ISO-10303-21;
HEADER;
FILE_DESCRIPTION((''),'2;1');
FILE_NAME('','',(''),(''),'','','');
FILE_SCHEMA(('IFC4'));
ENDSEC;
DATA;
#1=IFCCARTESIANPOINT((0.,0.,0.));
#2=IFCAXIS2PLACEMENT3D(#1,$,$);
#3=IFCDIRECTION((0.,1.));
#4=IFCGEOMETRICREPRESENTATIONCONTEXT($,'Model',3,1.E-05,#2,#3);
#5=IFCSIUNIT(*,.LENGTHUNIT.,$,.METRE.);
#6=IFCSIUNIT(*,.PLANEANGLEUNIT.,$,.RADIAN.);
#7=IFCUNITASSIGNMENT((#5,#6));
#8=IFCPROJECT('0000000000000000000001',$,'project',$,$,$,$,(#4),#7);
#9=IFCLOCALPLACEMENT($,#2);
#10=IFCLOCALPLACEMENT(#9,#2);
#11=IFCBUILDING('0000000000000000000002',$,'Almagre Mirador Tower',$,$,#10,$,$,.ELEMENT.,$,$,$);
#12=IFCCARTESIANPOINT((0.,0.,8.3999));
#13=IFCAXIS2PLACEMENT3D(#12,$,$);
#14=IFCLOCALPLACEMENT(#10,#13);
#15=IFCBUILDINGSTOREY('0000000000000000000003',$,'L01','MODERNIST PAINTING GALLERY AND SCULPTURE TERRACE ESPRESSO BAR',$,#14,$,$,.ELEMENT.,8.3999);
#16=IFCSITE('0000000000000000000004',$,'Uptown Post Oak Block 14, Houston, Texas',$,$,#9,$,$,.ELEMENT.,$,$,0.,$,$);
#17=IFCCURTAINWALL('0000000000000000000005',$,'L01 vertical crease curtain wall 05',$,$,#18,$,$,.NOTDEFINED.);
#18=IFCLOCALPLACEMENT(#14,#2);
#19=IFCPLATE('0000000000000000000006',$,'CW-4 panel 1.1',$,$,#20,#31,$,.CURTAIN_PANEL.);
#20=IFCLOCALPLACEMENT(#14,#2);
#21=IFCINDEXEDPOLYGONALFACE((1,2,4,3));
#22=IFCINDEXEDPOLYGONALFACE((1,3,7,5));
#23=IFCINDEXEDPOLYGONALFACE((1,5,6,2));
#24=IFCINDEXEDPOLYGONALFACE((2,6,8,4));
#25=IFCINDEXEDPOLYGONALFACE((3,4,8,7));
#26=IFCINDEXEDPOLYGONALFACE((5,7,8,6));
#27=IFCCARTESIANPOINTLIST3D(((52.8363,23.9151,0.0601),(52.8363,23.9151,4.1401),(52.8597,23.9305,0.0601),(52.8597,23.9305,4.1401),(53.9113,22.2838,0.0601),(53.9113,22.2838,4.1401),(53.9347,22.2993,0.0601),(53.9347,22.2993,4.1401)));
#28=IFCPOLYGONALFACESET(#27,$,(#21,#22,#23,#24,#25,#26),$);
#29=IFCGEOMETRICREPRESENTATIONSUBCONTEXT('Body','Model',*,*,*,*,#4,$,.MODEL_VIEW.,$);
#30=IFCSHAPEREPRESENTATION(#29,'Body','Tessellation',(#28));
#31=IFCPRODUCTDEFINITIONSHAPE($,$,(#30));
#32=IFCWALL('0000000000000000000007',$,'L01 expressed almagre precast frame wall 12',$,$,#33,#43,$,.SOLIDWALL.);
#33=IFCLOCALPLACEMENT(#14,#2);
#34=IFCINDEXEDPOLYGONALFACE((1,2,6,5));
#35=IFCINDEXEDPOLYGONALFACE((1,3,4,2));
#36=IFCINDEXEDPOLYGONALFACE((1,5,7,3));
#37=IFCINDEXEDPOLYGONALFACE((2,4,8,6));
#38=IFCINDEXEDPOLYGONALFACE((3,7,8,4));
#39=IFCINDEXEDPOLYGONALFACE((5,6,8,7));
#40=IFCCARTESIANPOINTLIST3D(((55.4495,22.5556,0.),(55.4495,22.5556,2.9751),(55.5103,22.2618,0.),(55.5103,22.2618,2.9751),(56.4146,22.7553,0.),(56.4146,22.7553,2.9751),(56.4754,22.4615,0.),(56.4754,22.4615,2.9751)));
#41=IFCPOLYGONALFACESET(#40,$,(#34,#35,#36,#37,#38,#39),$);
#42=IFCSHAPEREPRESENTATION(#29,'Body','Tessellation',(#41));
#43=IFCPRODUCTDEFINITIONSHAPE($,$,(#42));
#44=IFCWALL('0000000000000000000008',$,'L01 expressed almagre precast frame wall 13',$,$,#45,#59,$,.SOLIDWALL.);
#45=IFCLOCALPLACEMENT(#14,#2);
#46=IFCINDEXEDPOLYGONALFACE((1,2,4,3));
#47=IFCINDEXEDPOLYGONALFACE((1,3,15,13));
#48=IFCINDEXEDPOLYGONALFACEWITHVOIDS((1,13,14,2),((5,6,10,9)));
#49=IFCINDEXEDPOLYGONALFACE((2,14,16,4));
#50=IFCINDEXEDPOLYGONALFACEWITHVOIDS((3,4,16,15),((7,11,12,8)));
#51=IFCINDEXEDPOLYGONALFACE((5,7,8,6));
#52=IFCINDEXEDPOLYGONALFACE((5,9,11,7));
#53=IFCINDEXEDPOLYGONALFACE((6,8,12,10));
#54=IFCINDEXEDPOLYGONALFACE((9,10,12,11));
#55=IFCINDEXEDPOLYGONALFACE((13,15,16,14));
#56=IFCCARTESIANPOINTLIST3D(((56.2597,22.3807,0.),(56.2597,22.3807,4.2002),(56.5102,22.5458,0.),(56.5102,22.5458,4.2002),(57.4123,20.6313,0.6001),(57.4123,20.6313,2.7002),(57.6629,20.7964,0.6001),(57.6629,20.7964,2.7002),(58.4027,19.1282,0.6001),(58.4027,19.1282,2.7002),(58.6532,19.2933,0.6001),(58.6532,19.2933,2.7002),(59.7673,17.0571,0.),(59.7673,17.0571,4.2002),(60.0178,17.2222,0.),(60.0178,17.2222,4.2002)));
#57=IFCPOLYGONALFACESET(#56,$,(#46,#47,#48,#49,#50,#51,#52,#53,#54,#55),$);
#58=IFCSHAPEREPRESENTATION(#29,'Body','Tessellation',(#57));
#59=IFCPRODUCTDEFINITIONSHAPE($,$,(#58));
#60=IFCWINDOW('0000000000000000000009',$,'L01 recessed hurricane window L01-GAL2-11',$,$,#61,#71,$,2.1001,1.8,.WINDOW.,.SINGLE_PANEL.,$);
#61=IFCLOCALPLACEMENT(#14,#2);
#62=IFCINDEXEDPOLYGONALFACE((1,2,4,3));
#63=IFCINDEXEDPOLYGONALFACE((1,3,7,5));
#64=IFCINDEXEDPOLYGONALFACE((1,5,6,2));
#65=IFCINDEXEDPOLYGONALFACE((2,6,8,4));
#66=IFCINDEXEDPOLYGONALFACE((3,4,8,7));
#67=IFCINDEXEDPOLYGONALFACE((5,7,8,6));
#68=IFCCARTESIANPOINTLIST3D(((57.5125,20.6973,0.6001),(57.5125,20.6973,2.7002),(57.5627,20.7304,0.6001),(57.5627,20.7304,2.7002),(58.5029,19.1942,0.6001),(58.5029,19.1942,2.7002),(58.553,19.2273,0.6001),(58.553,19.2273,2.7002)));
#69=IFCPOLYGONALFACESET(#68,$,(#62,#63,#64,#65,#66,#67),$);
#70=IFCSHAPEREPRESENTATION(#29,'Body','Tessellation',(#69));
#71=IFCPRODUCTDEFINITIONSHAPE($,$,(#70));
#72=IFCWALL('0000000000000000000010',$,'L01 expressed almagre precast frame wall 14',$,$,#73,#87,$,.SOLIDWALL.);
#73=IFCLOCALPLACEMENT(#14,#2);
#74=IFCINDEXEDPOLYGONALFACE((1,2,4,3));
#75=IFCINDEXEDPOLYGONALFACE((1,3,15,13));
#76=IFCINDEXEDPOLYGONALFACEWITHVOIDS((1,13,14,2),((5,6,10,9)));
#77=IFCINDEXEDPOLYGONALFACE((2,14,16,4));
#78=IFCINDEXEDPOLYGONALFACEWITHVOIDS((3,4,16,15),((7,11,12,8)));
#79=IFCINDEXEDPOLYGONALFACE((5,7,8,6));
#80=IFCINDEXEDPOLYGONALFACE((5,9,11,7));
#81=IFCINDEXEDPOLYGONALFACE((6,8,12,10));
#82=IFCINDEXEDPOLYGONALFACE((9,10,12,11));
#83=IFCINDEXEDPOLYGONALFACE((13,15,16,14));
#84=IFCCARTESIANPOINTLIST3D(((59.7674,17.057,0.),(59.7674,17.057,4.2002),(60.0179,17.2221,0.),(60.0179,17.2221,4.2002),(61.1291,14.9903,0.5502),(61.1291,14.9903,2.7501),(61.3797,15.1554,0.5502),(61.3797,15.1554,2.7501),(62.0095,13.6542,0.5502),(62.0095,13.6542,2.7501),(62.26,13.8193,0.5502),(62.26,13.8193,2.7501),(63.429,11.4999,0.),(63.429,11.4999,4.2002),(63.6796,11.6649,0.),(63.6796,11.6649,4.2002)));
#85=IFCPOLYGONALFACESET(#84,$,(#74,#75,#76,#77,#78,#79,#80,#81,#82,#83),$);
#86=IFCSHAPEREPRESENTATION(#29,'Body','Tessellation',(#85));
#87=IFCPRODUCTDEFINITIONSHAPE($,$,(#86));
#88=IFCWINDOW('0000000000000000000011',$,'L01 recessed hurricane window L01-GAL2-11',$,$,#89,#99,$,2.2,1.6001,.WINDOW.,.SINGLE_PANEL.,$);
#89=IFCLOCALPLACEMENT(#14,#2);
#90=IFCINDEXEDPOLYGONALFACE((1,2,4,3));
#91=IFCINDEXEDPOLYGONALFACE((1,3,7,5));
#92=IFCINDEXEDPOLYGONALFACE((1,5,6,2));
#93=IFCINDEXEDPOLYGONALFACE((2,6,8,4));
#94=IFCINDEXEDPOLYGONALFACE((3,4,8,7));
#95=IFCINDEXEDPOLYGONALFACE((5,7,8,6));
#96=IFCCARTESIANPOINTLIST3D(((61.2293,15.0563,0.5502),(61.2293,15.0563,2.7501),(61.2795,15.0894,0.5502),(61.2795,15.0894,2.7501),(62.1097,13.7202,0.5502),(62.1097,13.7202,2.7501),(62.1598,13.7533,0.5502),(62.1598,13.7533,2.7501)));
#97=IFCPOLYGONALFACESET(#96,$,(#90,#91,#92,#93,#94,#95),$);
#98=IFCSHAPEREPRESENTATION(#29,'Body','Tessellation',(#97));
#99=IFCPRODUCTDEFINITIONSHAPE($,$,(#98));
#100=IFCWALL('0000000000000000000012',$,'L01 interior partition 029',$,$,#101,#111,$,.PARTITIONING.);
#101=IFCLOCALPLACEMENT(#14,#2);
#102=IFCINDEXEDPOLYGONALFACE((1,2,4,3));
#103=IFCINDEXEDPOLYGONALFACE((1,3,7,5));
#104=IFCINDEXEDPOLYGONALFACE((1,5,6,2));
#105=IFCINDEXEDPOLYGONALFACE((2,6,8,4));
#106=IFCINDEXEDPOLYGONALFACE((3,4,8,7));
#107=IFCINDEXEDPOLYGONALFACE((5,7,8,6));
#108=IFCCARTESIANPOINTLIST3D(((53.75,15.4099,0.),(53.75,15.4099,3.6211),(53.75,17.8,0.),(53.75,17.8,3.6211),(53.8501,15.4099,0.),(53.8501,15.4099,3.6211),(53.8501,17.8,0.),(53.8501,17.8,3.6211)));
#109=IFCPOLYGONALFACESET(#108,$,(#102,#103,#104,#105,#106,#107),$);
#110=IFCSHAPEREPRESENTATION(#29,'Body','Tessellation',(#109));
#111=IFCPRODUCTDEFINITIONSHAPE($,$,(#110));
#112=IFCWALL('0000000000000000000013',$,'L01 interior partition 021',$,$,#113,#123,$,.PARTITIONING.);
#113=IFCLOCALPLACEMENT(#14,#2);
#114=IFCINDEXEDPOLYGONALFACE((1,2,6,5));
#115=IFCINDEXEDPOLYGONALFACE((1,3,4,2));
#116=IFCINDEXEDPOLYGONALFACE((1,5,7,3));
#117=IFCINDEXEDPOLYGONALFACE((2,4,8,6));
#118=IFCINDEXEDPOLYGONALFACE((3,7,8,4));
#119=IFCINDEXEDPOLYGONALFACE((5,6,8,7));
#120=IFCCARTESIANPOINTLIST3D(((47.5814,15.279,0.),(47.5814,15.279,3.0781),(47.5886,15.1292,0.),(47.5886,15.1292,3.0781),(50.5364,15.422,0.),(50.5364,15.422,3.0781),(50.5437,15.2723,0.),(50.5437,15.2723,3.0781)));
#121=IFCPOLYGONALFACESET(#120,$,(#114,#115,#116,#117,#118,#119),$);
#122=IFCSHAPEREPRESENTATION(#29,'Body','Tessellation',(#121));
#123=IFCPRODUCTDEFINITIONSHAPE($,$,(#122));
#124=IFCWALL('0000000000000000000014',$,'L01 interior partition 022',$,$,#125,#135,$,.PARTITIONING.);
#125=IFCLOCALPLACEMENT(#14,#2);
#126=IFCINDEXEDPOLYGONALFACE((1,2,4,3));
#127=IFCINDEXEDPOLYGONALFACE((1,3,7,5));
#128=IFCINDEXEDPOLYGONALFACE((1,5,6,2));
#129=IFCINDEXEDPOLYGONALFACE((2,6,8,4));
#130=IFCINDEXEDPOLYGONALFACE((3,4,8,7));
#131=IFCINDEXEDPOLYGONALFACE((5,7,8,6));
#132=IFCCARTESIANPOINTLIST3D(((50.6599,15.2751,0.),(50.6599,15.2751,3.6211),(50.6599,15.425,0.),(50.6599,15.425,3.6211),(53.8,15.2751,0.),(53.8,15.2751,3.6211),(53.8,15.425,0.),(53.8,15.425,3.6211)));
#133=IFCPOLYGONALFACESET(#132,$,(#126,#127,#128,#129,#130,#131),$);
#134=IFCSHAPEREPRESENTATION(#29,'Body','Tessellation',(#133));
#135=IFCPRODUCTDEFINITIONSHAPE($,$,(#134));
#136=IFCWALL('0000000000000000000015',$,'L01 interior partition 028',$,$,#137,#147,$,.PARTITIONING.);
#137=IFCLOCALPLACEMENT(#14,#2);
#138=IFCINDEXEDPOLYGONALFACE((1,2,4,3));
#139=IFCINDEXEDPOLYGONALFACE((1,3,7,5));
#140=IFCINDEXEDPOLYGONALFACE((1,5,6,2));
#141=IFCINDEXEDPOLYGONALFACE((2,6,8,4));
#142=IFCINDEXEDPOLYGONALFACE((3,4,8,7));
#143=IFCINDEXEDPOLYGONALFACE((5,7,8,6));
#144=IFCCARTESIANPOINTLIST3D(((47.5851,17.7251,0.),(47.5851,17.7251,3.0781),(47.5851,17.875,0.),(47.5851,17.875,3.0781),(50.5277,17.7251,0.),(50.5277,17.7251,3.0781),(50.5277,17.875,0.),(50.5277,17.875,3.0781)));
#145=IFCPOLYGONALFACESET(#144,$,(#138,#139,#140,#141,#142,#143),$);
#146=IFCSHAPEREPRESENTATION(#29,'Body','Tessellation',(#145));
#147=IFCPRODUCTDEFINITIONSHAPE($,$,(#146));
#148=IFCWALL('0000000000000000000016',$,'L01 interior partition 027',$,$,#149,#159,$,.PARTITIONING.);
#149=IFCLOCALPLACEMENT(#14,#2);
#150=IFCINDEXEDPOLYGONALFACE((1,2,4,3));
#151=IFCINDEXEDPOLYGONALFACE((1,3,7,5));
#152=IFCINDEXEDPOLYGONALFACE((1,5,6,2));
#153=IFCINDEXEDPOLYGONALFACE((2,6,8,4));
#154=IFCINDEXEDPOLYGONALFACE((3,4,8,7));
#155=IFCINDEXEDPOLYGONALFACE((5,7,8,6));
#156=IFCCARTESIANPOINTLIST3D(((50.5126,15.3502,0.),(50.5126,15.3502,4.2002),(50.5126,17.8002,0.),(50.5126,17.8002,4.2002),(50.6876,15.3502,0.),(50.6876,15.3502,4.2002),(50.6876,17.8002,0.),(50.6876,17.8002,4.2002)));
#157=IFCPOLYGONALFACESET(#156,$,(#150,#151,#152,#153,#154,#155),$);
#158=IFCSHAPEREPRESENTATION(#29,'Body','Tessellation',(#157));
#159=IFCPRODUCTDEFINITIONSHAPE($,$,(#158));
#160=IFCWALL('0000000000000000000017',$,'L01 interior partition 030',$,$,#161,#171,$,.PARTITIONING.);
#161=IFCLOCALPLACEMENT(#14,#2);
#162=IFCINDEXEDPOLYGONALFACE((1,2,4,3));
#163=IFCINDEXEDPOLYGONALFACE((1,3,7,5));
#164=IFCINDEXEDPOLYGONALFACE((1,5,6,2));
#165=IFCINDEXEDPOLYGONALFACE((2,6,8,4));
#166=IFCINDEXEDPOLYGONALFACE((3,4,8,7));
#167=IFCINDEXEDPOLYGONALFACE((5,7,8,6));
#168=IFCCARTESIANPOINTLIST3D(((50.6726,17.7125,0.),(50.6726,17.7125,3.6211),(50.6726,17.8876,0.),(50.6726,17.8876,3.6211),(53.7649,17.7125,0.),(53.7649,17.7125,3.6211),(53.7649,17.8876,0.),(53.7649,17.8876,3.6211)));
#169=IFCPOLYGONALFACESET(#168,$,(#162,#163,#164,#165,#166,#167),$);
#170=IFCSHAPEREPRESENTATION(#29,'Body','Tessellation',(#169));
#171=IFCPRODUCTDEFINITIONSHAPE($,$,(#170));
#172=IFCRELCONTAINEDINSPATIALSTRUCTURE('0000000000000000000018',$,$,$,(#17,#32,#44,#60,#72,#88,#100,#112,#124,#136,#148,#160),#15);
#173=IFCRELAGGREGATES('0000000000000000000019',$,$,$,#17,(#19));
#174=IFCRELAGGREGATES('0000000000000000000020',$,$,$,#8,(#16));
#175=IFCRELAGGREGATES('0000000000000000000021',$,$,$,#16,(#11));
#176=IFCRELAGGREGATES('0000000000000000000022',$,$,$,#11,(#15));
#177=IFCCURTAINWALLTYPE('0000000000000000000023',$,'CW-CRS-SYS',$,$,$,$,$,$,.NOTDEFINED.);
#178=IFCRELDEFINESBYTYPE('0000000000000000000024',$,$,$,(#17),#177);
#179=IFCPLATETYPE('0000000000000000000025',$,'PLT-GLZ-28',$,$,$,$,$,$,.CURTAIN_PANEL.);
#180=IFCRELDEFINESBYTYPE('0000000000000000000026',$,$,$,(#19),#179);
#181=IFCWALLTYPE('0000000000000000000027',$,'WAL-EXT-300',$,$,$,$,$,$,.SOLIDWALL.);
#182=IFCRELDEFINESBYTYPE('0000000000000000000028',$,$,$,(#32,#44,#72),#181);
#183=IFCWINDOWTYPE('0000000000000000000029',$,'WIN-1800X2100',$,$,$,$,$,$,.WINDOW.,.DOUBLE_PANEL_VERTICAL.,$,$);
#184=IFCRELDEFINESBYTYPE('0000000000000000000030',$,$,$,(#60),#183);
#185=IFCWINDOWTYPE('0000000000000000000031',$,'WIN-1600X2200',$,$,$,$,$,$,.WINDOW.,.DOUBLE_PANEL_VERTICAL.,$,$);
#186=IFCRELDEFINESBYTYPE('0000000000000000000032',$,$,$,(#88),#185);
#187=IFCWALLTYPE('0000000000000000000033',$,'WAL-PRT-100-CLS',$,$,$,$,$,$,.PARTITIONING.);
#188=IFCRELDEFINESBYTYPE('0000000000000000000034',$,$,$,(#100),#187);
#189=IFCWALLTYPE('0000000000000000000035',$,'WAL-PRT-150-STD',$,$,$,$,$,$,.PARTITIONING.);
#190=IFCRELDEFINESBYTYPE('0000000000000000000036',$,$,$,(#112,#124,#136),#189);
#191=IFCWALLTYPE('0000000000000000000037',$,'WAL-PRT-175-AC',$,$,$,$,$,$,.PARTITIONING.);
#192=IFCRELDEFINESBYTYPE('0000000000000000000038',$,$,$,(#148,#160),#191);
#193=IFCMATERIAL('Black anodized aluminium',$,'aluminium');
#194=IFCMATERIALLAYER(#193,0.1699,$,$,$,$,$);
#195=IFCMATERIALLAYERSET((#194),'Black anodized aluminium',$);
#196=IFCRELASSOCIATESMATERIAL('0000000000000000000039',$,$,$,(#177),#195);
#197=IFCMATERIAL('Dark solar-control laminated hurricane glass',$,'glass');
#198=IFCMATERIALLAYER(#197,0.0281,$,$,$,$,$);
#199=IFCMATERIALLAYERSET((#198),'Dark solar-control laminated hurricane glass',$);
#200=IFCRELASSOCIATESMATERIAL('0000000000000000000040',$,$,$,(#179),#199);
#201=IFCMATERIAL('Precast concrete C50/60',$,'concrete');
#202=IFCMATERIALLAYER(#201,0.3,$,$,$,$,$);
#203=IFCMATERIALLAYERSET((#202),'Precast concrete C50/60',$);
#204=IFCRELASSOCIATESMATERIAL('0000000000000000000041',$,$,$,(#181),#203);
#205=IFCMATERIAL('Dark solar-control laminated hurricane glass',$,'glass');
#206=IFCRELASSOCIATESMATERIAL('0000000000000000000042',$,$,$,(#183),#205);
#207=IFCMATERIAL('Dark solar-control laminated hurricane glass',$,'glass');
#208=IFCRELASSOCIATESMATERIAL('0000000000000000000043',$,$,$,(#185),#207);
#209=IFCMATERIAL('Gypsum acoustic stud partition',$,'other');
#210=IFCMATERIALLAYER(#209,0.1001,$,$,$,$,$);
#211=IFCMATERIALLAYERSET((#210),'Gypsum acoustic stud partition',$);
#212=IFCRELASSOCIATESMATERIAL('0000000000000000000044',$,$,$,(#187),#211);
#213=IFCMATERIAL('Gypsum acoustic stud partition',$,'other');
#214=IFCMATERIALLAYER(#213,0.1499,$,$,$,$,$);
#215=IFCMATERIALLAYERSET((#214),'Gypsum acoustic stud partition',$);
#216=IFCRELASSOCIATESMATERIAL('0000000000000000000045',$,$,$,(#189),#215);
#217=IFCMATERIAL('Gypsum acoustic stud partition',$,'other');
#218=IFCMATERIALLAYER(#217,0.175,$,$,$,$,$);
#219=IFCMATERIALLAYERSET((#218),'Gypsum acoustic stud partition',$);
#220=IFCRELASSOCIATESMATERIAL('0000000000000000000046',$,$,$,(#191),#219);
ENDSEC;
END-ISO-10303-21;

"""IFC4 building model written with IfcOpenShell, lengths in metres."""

from ifc_helpers import new_model, si_unit, direction, frame, frame_2d, origin, origin_2d, place, context, subcontext, project, spatial, rectangle, extrude, material, layer, layer_set, type_object, element, fill, aggregate, save


model = new_model("IFC4")

# Units and contexts
model_context = context("Model", 3, precision=1e-05, world=origin(), true_north=direction((0.0, 1.0)))
body_context = subcontext(model_context, "Body", "Model", "MODEL_VIEW")
ifc_project = project(units=[si_unit("LENGTHUNIT", "METRE"), si_unit("PLANEANGLEUNIT", "RADIAN")], contexts=[model_context])

# Site, building, storey
site_placement = place(None, origin())
site = spatial("IfcSite", under=ifc_project, at=site_placement, Name="Uptown Post Oak Block 14, Houston, Texas", CompositionType="ELEMENT", RefElevation=0.0)
building_placement = place(site_placement, origin())
building = spatial("IfcBuilding", under=site, at=building_placement, Name="Almagre Mirador Tower", CompositionType="ELEMENT")
storey_placement = place(building_placement, frame((0.0, 0.0, 8.3999)))
storey = spatial("IfcBuildingStorey", under=building, at=storey_placement, Name="L01", Description="MODERNIST PAINTING GALLERY AND SCULPTURE TERRACE ESPRESSO BAR", CompositionType="ELEMENT", Elevation=8.3999)

# Curtain wall, plate
ifc_material_1 = material(Name="Black anodized aluminium", Category="aluminium")
ifc_layer_1 = layer(ifc_material_1, 0.1699)
ifc_layer_set_1 = layer_set([ifc_layer_1], Name="Black anodized aluminium")
curtain_wall_type = type_object("IfcCurtainWallType", Name="CW-CRS-SYS", PredefinedType="NOTDEFINED", material=ifc_layer_set_1)
curtain_wall_placement = place(storey_placement, origin())
curtain_wall = element("IfcCurtainWall", 1, at=curtain_wall_placement, inside=storey, type_object=curtain_wall_type, Name="L01 vertical crease curtain wall 05", PredefinedType="NOTDEFINED")
ifc_material_2 = material(Name="Dark solar-control laminated hurricane glass", Category="glass")
ifc_layer_2 = layer(ifc_material_2, 0.0281)
ifc_layer_set_2 = layer_set([ifc_layer_2], Name="Dark solar-control laminated hurricane glass")
plate_type = type_object("IfcPlateType", Name="PLT-GLZ-28", PredefinedType="CURTAIN_PANEL", material=ifc_layer_set_2)
plate_placement = place(storey_placement, frame((53.3855, 23.1072, 0.0601), z_axis=(0.0, 0.0, 1.0), x_axis=(0.550263, -0.834991, 0.0)))
plate = element("IfcPlate", 2, at=plate_placement, type_object=plate_type, Name="CW-4 panel 1.1", PredefinedType="CURTAIN_PANEL", context=body_context, shape_type="SweptSolid", body=[
    extrude(rectangle(XDim=1.9536, YDim=0.0281, at=origin_2d()), origin(), (0.0, 0.0, 1.0), 4.0801),
])
aggregate(curtain_wall, [plate])

# Wall
ifc_material_3 = material(Name="Precast concrete C50/60", Category="concrete")
ifc_layer_3 = layer(ifc_material_3, 0.3)
ifc_layer_set_3 = layer_set([ifc_layer_3], Name="Precast concrete C50/60")
wall_type_1 = type_object("IfcWallType", Name="WAL-EXT-300", PredefinedType="SOLIDWALL", material=ifc_layer_set_3)
wall_1_placement = place(storey_placement, frame((55.48, 22.4087, 0.0), z_axis=(0.0, 0.0, 1.0), x_axis=(0.979254, 0.202638, 0.0)))
element("IfcWall", 3, at=wall_1_placement, inside=storey, type_object=wall_type_1, Name="L01 expressed almagre precast frame wall 12", PredefinedType="SOLIDWALL", context=body_context, shape_type="SweptSolid", body=[
    extrude(rectangle(XDim=0.9856, YDim=0.3, at=frame_2d((0.4927, 0.0))), origin(), (0.0, 0.0, 1.0), 2.9751),
])

# Walls, openings, windows
wall_2_placement = place(storey_placement, frame((56.385, 22.4631, 0.0), z_axis=(0.0, 0.0, 1.0), x_axis=(0.550194, -0.835037, 0.0)))
wall_2 = element("IfcWall", 4, at=wall_2_placement, inside=storey, type_object=wall_type_1, Name="L01 expressed almagre precast frame wall 13", PredefinedType="SOLIDWALL", context=body_context, shape_type="SweptSolid", body=[
    extrude(rectangle(XDim=6.3752, YDim=0.3, at=frame_2d((3.1875, 0.0))), origin(), (0.0, 0.0, 1.0), 4.2002),
])
opening_1_placement = place(wall_2_placement, frame((2.095, 0.0, 0.6001)))
opening_1 = element("IfcOpeningElement", 5, at=opening_1_placement, cuts=wall_2, PredefinedType="OPENING", context=body_context, shape_type="SweptSolid", body=[
    extrude(rectangle(XDim=1.8, YDim=2.1001, at=frame_2d((0.8999, 1.05))), frame((0.0, 0.1599, 0.0), z_axis=(0.0, -1.0, 0.0), x_axis=(1.0, 0.0, 0.0)), (0.0, 0.0, 1.0), 0.32),
])
ifc_material_4 = material(Name="Dark solar-control laminated hurricane glass", Category="glass")
window_type_1 = type_object("IfcWindowType", Name="WIN-1800X2100", PartitioningType="DOUBLE_PANEL_VERTICAL", PredefinedType="WINDOW", material=ifc_material_4)
window_1_placement = place(opening_1_placement, origin())
window_1 = element("IfcWindow", 6, at=window_1_placement, inside=storey, type_object=window_type_1, Name="L01 recessed hurricane window L01-GAL2-11", OverallHeight=2.1001, OverallWidth=1.8, PartitioningType="SINGLE_PANEL", PredefinedType="WINDOW", context=body_context, shape_type="SweptSolid", body=[
    extrude(rectangle(XDim=1.8, YDim=2.1001, at=frame_2d((0.8999, 1.05))), frame((0.0, 0.03, 0.0), z_axis=(0.0, -1.0, 0.0), x_axis=(1.0, 0.0, 0.0)), (0.0, 0.0, 1.0), 0.0601),
])
fill(opening_1, window_1)
wall_3_placement = place(storey_placement, frame((59.8926, 17.1396, 0.0), z_axis=(0.0, 0.0, 1.0), x_axis=(0.550205, -0.835029, 0.0)))
wall_3 = element("IfcWall", 7, at=wall_3_placement, inside=storey, type_object=wall_type_1, Name="L01 expressed almagre precast frame wall 14", PredefinedType="SOLIDWALL", context=body_context, shape_type="SweptSolid", body=[
    extrude(rectangle(XDim=6.655, YDim=0.3, at=frame_2d((3.3276, 0.0))), origin(), (0.0, 0.0, 1.0), 4.2002),
])
opening_2_placement = place(wall_3_placement, frame((2.4751, 0.0, 0.55)))
opening_2 = element("IfcOpeningElement", 8, at=opening_2_placement, cuts=wall_3, PredefinedType="OPENING", context=body_context, shape_type="SweptSolid", body=[
    extrude(rectangle(XDim=1.6001, YDim=2.2, at=frame_2d((0.8, 1.1001))), frame((0.0, 0.1599, 0.0), z_axis=(0.0, -1.0, 0.0), x_axis=(1.0, 0.0, 0.0)), (0.0, 0.0, 1.0), 0.32),
])
ifc_material_5 = material(Name="Dark solar-control laminated hurricane glass", Category="glass")
window_type_2 = type_object("IfcWindowType", Name="WIN-1600X2200", PartitioningType="DOUBLE_PANEL_VERTICAL", PredefinedType="WINDOW", material=ifc_material_5)
window_2_placement = place(opening_2_placement, origin())
window_2 = element("IfcWindow", 9, at=window_2_placement, inside=storey, type_object=window_type_2, Name="L01 recessed hurricane window L01-GAL2-11", OverallHeight=2.2, OverallWidth=1.6001, PartitioningType="SINGLE_PANEL", PredefinedType="WINDOW", context=body_context, shape_type="SweptSolid", body=[
    extrude(rectangle(XDim=1.6001, YDim=2.2, at=frame_2d((0.8, 1.1001))), frame((0.0, 0.03, 0.0), z_axis=(0.0, -1.0, 0.0), x_axis=(1.0, 0.0, 0.0)), (0.0, 0.0, 1.0), 0.0601),
])
fill(opening_2, window_2)

# Walls
ifc_material_6 = material(Name="Gypsum acoustic stud partition", Category="other")
ifc_layer_4 = layer(ifc_material_6, 0.1001)
ifc_layer_set_4 = layer_set([ifc_layer_4], Name="Gypsum acoustic stud partition")
wall_type_2 = type_object("IfcWallType", Name="WAL-PRT-100-CLS", PredefinedType="PARTITIONING", material=ifc_layer_set_4)
wall_4_placement = place(storey_placement, frame((53.8, 15.4099, 0.0), z_axis=(0.0, 0.0, 1.0), x_axis=(0.0, 1.0, 0.0)))
element("IfcWall", 10, at=wall_4_placement, inside=storey, type_object=wall_type_2, Name="L01 interior partition 029", PredefinedType="PARTITIONING", context=body_context, shape_type="SweptSolid", body=[
    extrude(rectangle(XDim=2.3901, YDim=0.1001, at=frame_2d((1.1951, 0.0))), origin(), (0.0, 0.0, 1.0), 3.6211),
])
ifc_material_7 = material(Name="Gypsum acoustic stud partition", Category="other")
ifc_layer_5 = layer(ifc_material_7, 0.1499)
ifc_layer_set_5 = layer_set([ifc_layer_5], Name="Gypsum acoustic stud partition")
wall_type_3 = type_object("IfcWallType", Name="WAL-PRT-150-STD", PredefinedType="PARTITIONING", material=ifc_layer_set_5)
wall_5_placement = place(storey_placement, frame((50.54, 15.3472, 0.0), z_axis=(0.0, 0.0, 1.0), x_axis=(-0.99883, -0.048357, 0.0)))
element("IfcWall", 11, at=wall_5_placement, inside=storey, type_object=wall_type_3, Name="L01 interior partition 021", PredefinedType="PARTITIONING", context=body_context, shape_type="SweptSolid", body=[
    extrude(rectangle(XDim=2.9585, YDim=0.1499, at=frame_2d((1.4792, 0.0))), origin(), (0.0, 0.0, 1.0), 3.0781),
])
wall_6_placement = place(storey_placement, frame((53.8, 15.3501, 0.0), z_axis=(0.0, 0.0, 1.0), x_axis=(-1.0, 0.0, 0.0)))
element("IfcWall", 12, at=wall_6_placement, inside=storey, type_object=wall_type_3, Name="L01 interior partition 022", PredefinedType="PARTITIONING", context=body_context, shape_type="SweptSolid", body=[
    extrude(rectangle(XDim=3.1401, YDim=0.1499, at=frame_2d((1.5701, 0.0))), origin(), (0.0, 0.0, 1.0), 3.6211),
])
wall_7_placement = place(storey_placement, frame((50.5276, 17.8, 0.0), z_axis=(0.0, 0.0, 1.0), x_axis=(-1.0, 0.0, 0.0)))
element("IfcWall", 13, at=wall_7_placement, inside=storey, type_object=wall_type_3, Name="L01 interior partition 028", PredefinedType="PARTITIONING", context=body_context, shape_type="SweptSolid", body=[
    extrude(rectangle(XDim=2.9426, YDim=0.1499, at=frame_2d((1.4712, 0.0))), origin(), (0.0, 0.0, 1.0), 3.0781),
])
ifc_material_8 = material(Name="Gypsum acoustic stud partition", Category="other")
ifc_layer_6 = layer(ifc_material_8, 0.175)
ifc_layer_set_6 = layer_set([ifc_layer_6], Name="Gypsum acoustic stud partition")
wall_type_4 = type_object("IfcWallType", Name="WAL-PRT-175-AC", PredefinedType="PARTITIONING", material=ifc_layer_set_6)
wall_8_placement = place(storey_placement, frame((50.6001, 15.3501, 0.0), z_axis=(0.0, 0.0, 1.0), x_axis=(0.0, 1.0, 0.0)))
element("IfcWall", 14, at=wall_8_placement, inside=storey, type_object=wall_type_4, Name="L01 interior partition 027", PredefinedType="PARTITIONING", context=body_context, shape_type="SweptSolid", body=[
    extrude(rectangle(XDim=2.45, YDim=0.175, at=frame_2d((1.2251, 0.0))), origin(), (0.0, 0.0, 1.0), 4.2002),
])
wall_9_placement = place(storey_placement, frame((53.7649, 17.8, 0.0), z_axis=(0.0, 0.0, 1.0), x_axis=(-1.0, 0.0, 0.0)))
element("IfcWall", 15, at=wall_9_placement, inside=storey, type_object=wall_type_4, Name="L01 interior partition 030", PredefinedType="PARTITIONING", context=body_context, shape_type="SweptSolid", body=[
    extrude(rectangle(XDim=3.0923, YDim=0.175, at=frame_2d((1.5461, 0.0))), origin(), (0.0, 0.0, 1.0), 3.6211),
])

save(model, "model.ifc")
